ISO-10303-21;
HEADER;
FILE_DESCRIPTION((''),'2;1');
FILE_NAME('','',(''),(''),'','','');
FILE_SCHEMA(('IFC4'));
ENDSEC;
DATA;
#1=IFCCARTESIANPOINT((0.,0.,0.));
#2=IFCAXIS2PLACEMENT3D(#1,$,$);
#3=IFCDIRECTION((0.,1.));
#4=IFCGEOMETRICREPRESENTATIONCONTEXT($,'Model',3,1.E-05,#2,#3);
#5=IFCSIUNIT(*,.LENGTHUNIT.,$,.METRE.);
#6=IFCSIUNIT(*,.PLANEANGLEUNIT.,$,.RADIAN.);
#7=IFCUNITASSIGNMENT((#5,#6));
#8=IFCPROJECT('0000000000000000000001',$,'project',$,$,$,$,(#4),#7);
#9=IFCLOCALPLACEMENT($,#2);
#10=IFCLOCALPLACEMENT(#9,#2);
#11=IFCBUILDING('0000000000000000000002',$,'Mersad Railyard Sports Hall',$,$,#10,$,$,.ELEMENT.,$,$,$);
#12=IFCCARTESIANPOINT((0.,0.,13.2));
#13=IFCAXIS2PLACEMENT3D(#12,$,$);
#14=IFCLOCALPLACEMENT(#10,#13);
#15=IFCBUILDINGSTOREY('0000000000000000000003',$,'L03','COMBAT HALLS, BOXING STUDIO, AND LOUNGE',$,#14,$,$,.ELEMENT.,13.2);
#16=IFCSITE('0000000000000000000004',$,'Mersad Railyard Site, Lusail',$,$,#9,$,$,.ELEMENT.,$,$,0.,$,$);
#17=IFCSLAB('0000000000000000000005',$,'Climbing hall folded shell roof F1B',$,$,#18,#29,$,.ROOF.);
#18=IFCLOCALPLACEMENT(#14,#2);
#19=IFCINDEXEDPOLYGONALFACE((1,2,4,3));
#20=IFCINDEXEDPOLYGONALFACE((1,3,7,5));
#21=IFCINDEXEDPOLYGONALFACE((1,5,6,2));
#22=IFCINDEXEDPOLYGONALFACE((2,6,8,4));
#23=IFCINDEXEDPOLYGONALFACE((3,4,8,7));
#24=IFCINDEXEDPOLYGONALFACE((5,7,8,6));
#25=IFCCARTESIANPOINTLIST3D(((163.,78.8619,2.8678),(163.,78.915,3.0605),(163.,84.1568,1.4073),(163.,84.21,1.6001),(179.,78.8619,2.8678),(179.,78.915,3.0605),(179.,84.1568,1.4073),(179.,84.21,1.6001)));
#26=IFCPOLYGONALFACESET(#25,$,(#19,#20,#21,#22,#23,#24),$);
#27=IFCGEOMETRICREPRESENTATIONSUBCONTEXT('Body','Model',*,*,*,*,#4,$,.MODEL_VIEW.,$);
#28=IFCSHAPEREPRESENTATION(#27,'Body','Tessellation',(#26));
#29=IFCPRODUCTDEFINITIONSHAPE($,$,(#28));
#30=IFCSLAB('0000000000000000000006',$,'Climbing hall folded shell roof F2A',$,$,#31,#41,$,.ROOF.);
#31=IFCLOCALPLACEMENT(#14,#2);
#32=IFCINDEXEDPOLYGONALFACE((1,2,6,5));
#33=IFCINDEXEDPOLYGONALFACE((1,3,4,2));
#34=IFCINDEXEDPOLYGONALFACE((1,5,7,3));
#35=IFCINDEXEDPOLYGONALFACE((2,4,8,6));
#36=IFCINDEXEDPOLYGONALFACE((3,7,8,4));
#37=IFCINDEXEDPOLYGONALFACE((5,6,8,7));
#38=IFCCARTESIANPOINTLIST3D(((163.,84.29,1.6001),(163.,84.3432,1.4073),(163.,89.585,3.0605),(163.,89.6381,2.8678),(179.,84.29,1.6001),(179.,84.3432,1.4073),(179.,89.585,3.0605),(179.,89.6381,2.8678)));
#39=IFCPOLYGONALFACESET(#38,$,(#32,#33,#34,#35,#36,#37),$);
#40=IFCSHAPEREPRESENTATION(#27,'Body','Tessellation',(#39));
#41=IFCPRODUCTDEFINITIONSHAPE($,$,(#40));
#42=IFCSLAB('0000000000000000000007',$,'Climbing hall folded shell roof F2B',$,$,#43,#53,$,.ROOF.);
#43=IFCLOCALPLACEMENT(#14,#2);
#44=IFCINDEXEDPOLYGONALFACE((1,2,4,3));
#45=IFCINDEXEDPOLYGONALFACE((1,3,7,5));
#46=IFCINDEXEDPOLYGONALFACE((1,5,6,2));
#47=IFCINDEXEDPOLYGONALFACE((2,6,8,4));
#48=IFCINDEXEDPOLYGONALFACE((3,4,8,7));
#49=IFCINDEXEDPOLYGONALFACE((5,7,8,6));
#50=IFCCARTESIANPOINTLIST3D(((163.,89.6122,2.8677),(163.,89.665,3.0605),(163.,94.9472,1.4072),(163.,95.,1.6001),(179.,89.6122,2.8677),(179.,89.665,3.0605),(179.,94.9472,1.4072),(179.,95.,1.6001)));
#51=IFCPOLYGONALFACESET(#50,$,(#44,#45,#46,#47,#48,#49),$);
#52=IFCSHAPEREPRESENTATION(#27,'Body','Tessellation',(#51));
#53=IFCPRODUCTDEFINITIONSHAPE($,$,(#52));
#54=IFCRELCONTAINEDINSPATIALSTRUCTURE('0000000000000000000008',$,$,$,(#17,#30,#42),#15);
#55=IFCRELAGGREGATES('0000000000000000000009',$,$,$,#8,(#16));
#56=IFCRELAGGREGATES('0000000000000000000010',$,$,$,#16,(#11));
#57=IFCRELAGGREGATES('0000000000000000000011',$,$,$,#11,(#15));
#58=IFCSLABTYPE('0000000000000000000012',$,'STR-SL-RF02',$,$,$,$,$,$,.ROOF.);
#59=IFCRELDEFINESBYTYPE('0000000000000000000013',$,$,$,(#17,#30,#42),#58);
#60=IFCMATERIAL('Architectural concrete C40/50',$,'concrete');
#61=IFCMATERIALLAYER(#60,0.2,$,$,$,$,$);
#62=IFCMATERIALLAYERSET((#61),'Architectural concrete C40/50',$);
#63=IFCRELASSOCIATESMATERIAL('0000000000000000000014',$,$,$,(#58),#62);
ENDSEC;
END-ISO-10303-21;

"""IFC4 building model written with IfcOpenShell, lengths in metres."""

from ifc_helpers import new_model, si_unit, direction, frame, origin, place, context, subcontext, project, spatial, polyline, outline, extrude, material, layer, layer_set, type_object, element, save


model = new_model("IFC4")

# Units and contexts
model_context = context("Model", 3, precision=1e-05, world=origin(), true_north=direction((0.0, 1.0)))
body_context = subcontext(model_context, "Body", "Model", "MODEL_VIEW")
ifc_project = project(units=[si_unit("LENGTHUNIT", "METRE"), si_unit("PLANEANGLEUNIT", "RADIAN")], contexts=[model_context])

# Site, building, storey
site_placement = place(None, origin())
site = spatial("IfcSite", under=ifc_project, at=site_placement, Name="Mersad Railyard Site, Lusail", CompositionType="ELEMENT", RefElevation=0.0)
building_placement = place(site_placement, origin())
building = spatial("IfcBuilding", under=site, at=building_placement, Name="Mersad Railyard Sports Hall", CompositionType="ELEMENT")
storey_placement = place(building_placement, frame((0.0, 0.0, 13.2)))
storey = spatial("IfcBuildingStorey", under=building, at=storey_placement, Name="L03", Description="COMBAT HALLS, BOXING STUDIO, AND LOUNGE", CompositionType="ELEMENT", Elevation=13.2)

# Slabs
ifc_material_1 = material(Name="Architectural concrete C40/50", Category="concrete")
ifc_layer_1 = layer(ifc_material_1, 0.2)
ifc_layer_set_1 = layer_set([ifc_layer_1], Name="Architectural concrete C40/50")
slab_type = type_object("IfcSlabType", Name="STR-SL-RF02", PredefinedType="ROOF", material=ifc_layer_set_1)
for number, where, z_axis, x_axis, name in (
    (1, (163.0, 78.915, 3.0605), (0.0, 0.265892, 0.964003), (1.0, 0.0, 0.0), "Climbing hall folded shell roof F1B"),
    (2, (163.0, 84.29, 1.6001), (0.0, -0.265892, 0.964003), (1.0, 0.0, 0.0), "Climbing hall folded shell roof F2A"),
):
    element("IfcSlab", number, at=place(storey_placement, frame(where, z_axis=z_axis, x_axis=x_axis)), inside=storey, type_object=slab_type, Name=name, PredefinedType="ROOF", context=body_context, shape_type="SweptSolid", body=[
        extrude(outline(polyline([(0.0, 0.0), (16.0, 0.0), (16.0, 5.4926), (0.0, 5.4926), (0.0, 0.0)])), origin(), (0.0, 0.0, -1.0), 0.2),
    ])
slab_placement = place(storey_placement, frame((163.0, 89.665, 3.0605), z_axis=(0.0, 0.264036, 0.964513), x_axis=(1.0, 0.0, 0.0)))
element("IfcSlab", 3, at=slab_placement, inside=storey, type_object=slab_type, Name="Climbing hall folded shell roof F2B", PredefinedType="ROOF", context=body_context, shape_type="SweptSolid", body=[
    extrude(outline(polyline([(0.0, 0.0), (16.0, 0.0), (16.0, 5.5312), (0.0, 5.5312), (0.0, 0.0)])), origin(), (0.0, 0.0, -1.0), 0.2),
])

save(model, "model.ifc")
